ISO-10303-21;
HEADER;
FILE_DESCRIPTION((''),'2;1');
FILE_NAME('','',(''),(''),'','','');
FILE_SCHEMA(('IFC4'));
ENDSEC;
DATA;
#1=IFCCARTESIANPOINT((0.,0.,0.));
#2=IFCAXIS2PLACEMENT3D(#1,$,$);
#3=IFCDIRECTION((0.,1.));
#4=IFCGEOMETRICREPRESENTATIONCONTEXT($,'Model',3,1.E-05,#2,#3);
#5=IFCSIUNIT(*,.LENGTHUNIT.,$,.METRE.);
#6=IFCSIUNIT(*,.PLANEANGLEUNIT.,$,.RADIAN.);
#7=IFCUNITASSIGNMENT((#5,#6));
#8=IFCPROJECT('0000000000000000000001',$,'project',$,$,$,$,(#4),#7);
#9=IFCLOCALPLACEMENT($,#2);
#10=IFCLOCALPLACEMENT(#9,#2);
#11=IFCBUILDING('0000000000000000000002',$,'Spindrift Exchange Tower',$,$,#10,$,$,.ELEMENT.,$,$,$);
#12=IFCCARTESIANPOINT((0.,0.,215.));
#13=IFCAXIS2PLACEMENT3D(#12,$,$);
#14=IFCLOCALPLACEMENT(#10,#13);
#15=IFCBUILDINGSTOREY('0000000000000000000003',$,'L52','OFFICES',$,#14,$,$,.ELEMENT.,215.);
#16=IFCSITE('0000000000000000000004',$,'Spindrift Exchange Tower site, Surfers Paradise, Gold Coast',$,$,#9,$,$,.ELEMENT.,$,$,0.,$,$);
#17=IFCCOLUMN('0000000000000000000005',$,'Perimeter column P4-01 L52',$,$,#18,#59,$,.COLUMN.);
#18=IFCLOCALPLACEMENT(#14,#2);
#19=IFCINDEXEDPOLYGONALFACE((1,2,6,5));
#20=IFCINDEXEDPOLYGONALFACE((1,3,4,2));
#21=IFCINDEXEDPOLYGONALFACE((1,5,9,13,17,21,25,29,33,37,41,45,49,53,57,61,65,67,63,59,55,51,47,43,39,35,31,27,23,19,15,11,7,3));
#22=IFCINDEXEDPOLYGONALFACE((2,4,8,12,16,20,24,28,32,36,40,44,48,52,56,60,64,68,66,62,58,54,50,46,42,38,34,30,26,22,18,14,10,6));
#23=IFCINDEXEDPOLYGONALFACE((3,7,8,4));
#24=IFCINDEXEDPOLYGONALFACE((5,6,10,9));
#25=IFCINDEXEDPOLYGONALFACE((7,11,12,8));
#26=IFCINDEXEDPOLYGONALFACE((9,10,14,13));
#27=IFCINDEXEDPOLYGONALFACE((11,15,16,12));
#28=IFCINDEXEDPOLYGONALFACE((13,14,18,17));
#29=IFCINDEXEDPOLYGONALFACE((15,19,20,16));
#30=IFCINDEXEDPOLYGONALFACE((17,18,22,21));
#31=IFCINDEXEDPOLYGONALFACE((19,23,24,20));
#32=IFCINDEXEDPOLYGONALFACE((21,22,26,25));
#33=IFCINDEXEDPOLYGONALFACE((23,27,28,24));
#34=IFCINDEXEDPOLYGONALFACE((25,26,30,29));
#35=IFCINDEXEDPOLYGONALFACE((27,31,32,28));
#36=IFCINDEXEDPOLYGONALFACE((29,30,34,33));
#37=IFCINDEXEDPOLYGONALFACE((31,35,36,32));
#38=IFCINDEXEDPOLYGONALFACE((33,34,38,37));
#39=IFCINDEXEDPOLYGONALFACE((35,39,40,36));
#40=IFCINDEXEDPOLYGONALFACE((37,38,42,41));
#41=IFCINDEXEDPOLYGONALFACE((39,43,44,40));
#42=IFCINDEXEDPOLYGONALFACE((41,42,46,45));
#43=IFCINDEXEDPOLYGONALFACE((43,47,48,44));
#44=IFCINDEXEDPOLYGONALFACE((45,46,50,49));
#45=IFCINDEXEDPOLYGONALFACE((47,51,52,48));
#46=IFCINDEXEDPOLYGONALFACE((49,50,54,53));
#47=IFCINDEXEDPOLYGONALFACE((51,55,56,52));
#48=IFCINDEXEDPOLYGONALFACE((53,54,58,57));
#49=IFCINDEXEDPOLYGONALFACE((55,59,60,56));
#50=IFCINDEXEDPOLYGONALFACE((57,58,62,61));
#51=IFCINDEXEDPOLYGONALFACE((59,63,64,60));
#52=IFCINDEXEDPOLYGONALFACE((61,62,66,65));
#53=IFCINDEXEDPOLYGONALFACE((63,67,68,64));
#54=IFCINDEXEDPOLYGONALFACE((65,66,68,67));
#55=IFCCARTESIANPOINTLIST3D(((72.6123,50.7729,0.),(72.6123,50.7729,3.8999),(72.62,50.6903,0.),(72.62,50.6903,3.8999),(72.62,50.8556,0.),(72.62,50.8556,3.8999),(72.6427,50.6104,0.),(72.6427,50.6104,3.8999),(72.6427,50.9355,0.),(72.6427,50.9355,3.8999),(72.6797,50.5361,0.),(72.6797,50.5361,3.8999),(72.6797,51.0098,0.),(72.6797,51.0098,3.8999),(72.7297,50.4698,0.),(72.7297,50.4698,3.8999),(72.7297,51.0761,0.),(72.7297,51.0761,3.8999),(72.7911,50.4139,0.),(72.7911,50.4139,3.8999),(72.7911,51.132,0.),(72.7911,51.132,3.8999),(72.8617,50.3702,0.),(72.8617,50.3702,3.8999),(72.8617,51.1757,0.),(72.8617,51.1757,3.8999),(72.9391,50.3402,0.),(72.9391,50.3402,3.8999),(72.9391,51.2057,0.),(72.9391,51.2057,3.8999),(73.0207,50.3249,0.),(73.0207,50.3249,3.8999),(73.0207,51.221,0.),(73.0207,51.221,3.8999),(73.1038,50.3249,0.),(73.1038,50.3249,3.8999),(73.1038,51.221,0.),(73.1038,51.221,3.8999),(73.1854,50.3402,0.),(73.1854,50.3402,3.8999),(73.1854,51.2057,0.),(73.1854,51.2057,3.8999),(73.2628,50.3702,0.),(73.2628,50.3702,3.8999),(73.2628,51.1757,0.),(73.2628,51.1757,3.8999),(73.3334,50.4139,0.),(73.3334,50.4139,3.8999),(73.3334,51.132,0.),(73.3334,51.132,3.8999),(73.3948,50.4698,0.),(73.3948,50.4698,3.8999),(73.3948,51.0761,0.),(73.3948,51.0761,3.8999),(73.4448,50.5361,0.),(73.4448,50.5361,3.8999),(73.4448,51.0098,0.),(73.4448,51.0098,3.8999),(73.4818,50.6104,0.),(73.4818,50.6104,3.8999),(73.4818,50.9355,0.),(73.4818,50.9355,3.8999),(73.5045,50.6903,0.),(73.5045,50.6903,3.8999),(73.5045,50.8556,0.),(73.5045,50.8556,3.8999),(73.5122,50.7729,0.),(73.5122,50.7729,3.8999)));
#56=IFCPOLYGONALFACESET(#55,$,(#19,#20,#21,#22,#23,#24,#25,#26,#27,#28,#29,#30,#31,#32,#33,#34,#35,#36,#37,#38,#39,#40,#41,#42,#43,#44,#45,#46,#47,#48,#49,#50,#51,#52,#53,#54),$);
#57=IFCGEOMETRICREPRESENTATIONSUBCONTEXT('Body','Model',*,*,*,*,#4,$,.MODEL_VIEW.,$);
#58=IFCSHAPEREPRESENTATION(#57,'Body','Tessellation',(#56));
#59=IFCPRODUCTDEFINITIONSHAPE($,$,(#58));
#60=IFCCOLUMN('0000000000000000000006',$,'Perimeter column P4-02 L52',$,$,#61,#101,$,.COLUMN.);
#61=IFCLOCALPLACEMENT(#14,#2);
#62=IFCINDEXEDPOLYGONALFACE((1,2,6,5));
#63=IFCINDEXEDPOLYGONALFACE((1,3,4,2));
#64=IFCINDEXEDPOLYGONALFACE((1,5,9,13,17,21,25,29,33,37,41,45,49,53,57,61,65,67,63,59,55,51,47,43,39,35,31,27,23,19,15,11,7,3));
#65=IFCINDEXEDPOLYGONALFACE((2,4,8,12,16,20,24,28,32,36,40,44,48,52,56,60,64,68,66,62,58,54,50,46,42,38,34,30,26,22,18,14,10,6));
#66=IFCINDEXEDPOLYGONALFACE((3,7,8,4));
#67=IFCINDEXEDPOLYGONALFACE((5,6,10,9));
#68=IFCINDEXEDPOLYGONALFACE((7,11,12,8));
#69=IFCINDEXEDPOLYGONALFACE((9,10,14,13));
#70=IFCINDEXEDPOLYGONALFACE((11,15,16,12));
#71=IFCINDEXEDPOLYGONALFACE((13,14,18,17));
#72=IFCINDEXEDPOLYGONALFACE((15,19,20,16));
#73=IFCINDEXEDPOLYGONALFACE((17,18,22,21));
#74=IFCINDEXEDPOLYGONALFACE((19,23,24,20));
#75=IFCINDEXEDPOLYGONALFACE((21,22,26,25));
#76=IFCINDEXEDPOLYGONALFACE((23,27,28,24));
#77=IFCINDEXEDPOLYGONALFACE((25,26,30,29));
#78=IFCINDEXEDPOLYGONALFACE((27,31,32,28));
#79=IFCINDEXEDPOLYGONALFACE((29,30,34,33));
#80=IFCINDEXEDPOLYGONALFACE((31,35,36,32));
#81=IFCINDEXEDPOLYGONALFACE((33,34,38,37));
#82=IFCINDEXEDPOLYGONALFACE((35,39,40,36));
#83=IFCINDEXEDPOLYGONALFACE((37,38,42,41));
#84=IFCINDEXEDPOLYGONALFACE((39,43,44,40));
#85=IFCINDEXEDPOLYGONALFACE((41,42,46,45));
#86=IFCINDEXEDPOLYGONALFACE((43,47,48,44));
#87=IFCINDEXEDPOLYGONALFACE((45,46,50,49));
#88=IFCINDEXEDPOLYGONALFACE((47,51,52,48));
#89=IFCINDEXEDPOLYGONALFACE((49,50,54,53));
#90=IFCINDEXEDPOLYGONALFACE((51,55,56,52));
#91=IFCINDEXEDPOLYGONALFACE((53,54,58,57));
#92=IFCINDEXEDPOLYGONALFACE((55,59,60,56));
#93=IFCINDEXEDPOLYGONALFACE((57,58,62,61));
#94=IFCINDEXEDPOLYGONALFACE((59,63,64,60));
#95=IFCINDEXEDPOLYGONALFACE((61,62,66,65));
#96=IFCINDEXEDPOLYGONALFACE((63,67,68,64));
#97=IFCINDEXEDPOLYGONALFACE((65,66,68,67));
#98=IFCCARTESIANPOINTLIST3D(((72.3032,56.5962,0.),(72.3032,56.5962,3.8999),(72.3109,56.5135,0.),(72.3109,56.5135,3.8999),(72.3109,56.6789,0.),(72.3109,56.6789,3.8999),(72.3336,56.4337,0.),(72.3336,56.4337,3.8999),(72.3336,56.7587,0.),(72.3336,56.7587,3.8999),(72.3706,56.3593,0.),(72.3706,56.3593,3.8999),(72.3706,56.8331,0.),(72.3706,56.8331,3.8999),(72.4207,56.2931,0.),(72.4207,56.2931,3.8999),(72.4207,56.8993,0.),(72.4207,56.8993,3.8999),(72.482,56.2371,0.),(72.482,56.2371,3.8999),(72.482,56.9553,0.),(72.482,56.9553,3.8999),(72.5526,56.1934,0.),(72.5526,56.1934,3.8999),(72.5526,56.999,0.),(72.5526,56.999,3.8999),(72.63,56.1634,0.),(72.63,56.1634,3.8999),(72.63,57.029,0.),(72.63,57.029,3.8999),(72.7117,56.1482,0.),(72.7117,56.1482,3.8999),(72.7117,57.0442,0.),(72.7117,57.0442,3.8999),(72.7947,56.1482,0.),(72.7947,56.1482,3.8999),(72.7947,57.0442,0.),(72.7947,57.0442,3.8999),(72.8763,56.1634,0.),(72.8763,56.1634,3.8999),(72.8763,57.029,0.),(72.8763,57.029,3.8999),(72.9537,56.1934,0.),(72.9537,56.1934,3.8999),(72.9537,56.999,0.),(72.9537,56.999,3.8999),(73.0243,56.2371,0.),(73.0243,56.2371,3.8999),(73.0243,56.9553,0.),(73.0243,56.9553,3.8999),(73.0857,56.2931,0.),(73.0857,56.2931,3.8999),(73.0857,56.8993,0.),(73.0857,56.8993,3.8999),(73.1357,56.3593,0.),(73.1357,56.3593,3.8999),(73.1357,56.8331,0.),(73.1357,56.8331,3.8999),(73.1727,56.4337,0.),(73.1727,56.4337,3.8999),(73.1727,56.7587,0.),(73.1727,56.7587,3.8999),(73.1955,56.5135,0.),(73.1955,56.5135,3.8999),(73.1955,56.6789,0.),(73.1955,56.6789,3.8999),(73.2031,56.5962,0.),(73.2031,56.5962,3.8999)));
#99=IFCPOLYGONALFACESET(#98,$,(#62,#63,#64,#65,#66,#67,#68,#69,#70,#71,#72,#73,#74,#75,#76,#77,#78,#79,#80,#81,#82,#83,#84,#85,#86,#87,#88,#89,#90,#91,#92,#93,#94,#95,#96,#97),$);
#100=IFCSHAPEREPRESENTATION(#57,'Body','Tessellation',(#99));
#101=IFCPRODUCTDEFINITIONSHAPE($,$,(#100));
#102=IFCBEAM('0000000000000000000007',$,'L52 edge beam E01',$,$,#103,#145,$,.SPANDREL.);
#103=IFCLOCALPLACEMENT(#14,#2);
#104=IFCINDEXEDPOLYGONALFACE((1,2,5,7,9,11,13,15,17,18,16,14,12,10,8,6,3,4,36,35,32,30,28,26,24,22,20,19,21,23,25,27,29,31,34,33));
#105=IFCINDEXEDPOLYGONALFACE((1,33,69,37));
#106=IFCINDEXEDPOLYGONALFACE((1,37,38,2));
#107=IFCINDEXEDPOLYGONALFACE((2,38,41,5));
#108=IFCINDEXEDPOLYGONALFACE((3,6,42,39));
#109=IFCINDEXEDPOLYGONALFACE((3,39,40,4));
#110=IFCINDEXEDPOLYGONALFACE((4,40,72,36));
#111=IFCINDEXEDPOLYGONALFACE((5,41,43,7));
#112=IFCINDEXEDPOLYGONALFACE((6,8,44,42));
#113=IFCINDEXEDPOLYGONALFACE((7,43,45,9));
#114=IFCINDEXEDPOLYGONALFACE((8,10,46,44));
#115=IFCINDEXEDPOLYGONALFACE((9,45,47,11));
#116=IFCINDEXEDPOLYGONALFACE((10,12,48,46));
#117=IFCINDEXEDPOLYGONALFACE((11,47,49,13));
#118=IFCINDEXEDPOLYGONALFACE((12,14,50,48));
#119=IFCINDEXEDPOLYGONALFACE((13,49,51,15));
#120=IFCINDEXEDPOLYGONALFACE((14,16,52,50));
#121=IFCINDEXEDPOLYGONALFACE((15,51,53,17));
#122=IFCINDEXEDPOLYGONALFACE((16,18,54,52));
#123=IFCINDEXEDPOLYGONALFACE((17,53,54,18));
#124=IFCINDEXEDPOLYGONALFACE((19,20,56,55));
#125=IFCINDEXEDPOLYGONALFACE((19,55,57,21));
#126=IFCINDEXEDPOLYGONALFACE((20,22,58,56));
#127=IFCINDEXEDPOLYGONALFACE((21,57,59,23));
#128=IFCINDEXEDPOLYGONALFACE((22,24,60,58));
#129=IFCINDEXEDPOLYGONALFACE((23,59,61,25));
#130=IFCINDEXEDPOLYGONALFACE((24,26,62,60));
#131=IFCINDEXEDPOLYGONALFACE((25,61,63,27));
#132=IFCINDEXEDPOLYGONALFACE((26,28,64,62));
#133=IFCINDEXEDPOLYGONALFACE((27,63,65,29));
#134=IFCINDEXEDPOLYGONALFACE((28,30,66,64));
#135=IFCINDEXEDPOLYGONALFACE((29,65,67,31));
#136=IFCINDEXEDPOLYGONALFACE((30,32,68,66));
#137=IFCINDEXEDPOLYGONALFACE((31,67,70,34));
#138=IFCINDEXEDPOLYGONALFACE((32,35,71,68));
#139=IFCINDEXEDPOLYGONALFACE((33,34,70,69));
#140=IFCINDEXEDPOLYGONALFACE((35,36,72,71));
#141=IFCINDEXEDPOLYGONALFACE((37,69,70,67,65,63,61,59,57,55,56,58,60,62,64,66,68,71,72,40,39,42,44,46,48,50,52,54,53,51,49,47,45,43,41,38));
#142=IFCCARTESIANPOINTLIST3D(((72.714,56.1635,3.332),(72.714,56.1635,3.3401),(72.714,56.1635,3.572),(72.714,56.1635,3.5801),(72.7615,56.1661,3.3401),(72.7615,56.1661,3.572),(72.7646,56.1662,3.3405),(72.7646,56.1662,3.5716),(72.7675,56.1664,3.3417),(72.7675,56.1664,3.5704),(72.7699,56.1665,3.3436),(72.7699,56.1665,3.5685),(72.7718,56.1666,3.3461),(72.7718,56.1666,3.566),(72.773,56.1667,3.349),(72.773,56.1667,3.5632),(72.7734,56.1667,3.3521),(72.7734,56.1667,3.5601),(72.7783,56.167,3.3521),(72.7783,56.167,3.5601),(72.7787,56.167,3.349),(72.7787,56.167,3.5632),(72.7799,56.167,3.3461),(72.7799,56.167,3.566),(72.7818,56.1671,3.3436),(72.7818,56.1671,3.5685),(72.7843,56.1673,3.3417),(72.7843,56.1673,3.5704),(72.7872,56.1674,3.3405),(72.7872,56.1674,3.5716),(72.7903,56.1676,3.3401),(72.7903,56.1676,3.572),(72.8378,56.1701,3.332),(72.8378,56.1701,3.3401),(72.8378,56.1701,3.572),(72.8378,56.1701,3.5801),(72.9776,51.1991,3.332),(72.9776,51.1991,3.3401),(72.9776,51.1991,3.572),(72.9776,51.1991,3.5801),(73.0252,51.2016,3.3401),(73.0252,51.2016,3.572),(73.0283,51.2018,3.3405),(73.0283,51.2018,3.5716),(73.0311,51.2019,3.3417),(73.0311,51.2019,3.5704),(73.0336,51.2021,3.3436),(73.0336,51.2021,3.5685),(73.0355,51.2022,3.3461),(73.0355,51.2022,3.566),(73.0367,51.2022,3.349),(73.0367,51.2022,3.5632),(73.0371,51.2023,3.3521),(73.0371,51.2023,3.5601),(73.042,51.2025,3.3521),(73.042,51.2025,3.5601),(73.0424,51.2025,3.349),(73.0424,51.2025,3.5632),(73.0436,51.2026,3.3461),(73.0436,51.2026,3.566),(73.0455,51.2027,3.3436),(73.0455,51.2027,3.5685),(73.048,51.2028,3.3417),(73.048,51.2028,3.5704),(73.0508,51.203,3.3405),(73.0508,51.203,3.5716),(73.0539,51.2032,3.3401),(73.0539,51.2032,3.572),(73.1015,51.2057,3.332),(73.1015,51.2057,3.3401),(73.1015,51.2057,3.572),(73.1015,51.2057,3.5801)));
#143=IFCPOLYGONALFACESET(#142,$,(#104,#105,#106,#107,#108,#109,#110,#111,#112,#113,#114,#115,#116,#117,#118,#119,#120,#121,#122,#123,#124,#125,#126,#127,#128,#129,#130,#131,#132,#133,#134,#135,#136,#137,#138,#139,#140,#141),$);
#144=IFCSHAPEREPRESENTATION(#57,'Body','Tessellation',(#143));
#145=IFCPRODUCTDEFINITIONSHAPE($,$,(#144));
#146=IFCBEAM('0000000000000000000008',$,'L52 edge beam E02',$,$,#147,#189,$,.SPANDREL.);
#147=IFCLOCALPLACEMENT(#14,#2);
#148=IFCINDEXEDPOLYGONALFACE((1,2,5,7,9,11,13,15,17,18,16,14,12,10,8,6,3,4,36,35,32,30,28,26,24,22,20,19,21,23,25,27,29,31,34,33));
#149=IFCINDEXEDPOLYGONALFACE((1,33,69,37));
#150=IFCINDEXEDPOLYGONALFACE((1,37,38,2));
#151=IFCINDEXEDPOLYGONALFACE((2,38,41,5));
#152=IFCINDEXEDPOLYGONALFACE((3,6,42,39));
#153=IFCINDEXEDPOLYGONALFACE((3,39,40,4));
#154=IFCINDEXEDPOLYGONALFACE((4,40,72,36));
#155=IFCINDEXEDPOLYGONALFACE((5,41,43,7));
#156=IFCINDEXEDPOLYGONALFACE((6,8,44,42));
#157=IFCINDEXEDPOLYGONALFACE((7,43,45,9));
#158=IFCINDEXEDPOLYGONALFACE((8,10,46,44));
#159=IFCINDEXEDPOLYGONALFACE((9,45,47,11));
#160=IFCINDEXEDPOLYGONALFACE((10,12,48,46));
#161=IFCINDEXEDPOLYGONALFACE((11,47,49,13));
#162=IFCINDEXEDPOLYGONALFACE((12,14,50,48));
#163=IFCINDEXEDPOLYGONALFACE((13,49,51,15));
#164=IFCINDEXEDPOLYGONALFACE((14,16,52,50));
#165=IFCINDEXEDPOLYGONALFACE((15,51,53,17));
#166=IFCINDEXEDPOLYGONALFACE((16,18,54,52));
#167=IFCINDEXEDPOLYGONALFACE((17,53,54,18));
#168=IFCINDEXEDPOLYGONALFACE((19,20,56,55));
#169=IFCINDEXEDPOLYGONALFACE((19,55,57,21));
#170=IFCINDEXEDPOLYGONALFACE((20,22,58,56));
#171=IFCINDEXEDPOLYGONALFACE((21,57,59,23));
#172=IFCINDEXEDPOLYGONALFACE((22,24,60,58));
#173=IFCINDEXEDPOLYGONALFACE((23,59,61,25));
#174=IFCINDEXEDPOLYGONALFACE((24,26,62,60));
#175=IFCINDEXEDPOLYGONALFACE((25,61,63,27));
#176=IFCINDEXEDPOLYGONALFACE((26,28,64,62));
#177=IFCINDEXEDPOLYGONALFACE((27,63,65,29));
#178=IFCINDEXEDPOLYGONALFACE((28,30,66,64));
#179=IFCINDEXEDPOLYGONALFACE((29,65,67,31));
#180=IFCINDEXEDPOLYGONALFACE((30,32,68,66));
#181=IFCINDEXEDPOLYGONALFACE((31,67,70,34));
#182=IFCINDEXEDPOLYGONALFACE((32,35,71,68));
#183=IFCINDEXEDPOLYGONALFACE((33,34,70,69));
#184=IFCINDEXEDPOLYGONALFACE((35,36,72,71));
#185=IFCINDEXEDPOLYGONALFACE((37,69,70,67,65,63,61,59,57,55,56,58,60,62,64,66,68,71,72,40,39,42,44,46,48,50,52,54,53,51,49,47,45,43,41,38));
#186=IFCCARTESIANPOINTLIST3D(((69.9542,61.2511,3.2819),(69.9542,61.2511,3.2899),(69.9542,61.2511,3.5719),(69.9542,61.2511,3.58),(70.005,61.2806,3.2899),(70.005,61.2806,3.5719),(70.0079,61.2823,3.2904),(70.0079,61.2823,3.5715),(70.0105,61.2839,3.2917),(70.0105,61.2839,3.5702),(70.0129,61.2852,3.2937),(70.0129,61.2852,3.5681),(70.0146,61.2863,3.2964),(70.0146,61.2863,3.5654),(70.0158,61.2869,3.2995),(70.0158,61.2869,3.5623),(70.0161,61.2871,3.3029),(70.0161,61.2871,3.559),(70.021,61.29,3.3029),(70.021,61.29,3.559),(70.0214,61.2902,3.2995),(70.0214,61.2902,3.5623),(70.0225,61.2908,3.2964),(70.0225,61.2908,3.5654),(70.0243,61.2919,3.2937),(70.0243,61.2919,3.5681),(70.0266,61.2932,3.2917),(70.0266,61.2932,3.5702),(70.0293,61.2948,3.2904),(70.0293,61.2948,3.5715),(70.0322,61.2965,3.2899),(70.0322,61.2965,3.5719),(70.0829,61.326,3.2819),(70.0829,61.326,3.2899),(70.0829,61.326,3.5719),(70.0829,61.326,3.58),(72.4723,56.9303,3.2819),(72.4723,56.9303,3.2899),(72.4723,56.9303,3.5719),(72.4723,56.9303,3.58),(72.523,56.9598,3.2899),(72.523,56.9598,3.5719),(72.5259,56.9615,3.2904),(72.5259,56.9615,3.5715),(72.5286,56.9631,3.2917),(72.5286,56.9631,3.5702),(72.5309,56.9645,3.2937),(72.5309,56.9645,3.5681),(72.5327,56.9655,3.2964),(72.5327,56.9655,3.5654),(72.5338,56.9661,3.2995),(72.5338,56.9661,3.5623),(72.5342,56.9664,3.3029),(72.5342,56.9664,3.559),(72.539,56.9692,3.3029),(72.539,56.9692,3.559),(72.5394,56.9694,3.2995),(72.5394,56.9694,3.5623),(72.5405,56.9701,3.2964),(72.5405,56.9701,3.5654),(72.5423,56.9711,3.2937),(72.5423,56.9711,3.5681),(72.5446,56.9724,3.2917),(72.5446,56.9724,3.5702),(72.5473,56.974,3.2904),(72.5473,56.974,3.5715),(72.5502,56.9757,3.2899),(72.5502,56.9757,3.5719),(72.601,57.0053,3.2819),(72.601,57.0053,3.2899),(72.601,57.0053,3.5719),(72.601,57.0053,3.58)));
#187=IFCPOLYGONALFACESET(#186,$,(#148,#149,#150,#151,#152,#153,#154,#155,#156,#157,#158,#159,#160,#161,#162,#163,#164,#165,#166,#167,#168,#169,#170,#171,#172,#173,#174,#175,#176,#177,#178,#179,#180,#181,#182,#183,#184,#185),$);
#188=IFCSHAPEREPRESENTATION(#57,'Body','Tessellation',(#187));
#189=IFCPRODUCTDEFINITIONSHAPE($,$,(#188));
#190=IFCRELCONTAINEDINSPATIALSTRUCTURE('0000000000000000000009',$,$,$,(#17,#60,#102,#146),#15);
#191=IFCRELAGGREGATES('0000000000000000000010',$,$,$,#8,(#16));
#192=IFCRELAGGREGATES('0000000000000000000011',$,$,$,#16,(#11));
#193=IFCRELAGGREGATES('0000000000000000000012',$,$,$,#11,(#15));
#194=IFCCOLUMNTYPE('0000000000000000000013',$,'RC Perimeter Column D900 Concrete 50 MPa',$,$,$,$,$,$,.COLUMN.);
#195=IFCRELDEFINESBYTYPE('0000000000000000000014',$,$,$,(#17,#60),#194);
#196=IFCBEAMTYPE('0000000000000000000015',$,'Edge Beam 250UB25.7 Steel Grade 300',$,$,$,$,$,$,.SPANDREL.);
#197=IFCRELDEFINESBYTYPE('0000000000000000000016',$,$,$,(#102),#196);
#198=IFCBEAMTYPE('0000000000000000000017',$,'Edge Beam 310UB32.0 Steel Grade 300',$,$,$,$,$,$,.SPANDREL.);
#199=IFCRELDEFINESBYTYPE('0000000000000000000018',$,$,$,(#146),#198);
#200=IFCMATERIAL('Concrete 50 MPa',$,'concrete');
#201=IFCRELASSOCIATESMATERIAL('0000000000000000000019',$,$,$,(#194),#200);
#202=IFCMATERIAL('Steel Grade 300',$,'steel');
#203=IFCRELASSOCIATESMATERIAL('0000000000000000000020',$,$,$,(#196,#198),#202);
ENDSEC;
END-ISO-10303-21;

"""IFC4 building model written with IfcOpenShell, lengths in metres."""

from ifc_helpers import new_model, si_unit, direction, frame, origin, origin_2d, place, context, subcontext, project, spatial, circle, i_section, extrude, source, transform, mapped, material, material_profile, profile_set, type_object, element, save


model = new_model("IFC4")

# Units and contexts
model_context = context("Model", 3, precision=1e-05, world=origin(), true_north=direction((0.0, 1.0)))
body_context = subcontext(model_context, "Body", "Model", "MODEL_VIEW")
ifc_project = project(units=[si_unit("LENGTHUNIT", "METRE"), si_unit("PLANEANGLEUNIT", "RADIAN")], contexts=[model_context])

# Site, building, storey
site_placement = place(None, origin())
site = spatial("IfcSite", under=ifc_project, at=site_placement, Name="Spindrift Exchange Tower site, Surfers Paradise, Gold Coast", CompositionType="ELEMENT", RefElevation=0.0)
building_placement = place(site_placement, origin())
building = spatial("IfcBuilding", under=site, at=building_placement, Name="Spindrift Exchange Tower", CompositionType="ELEMENT")
storey_placement = place(building_placement, frame((0.0, 0.0, 215.0)))
storey = spatial("IfcBuildingStorey", under=building, at=storey_placement, Name="L52", Description="OFFICES", CompositionType="ELEMENT", Elevation=215.0)

# Columns
ifc_material_1 = material(Name="Concrete 50 MPa", Category="concrete")
ifc_material_profile_1 = material_profile(ifc_material_1, circle(Radius=0.45, at=origin_2d()), Name="RC D900")
ifc_profile_set_1 = profile_set([ifc_material_profile_1], Name="Concrete 50 MPa")
column_type = type_object("IfcColumnType", Name="RC Perimeter Column D900 Concrete 50 MPa", PredefinedType="COLUMN", material=ifc_profile_set_1)
shared_shape_1 = source(origin(), body_context, "Body", "SweptSolid", [
    extrude(circle(Radius=0.45, at=origin_2d()), origin(), (0.0, 0.0, 1.0), 3.8999),
])
for number, where, z_axis, x_axis, name in (
    (1, (73.0623, 50.7729, 0.0), (0.0, 0.0, 1.0), (1.0, 0.0, 0.0), "Perimeter column P4-01 L52"),
    (2, (72.7532, 56.5962, 0.0), (0.0, 0.0, 1.0), (1.0, 0.0, 0.0), "Perimeter column P4-02 L52"),
):
    element("IfcColumn", number, at=place(storey_placement, frame(where, z_axis=z_axis, x_axis=x_axis)), inside=storey, type_object=column_type, Name=name, PredefinedType="COLUMN", context=body_context, shape_type="MappedRepresentation", body=[
        mapped(shared_shape_1, transform((0.0, 0.0, 0.0), scale=1.0)),
    ])

# Beams
ifc_material_2 = material(Name="Steel Grade 300", Category="steel")
ifc_material_profile_2 = material_profile(ifc_material_2, i_section(OverallWidth=0.124, OverallDepth=0.248, WebThickness=0.0049, FlangeThickness=0.0081, FilletRadius=0.012, at=origin_2d()), Name="250UB25.7")
ifc_profile_set_2 = profile_set([ifc_material_profile_2], Name="Steel Grade 300")
beam_type_1 = type_object("IfcBeamType", Name="Edge Beam 250UB25.7 Steel Grade 300", PredefinedType="SPANDREL", material=ifc_profile_set_2)
shared_shape_2 = source(origin(), body_context, "Body", "SweptSolid", [
    extrude(i_section(OverallWidth=0.124, OverallDepth=0.248, WebThickness=0.0049, FlangeThickness=0.0081, FilletRadius=0.012, at=origin_2d()), origin(), (0.0, 0.0, 1.0), 4.9714),
])
beam_1_placement = place(storey_placement, frame((73.0396, 51.2024, 3.4561), z_axis=(-0.053038, 0.998592, 0.0), x_axis=(-0.998592, -0.053038, 0.0)))
element("IfcBeam", 3, at=beam_1_placement, inside=storey, type_object=beam_type_1, Name="L52 edge beam E01", PredefinedType="SPANDREL", context=body_context, shape_type="MappedRepresentation", body=[
    mapped(shared_shape_2, transform((0.0, 0.0, 0.0), scale=1.0)),
])
ifc_material_profile_3 = material_profile(ifc_material_2, i_section(OverallWidth=0.1489, OverallDepth=0.2981, WebThickness=0.0056, FlangeThickness=0.0081, FilletRadius=0.0129, at=origin_2d()), Name="310UB32.0")
ifc_profile_set_3 = profile_set([ifc_material_profile_3], Name="Steel Grade 300")
beam_type_2 = type_object("IfcBeamType", Name="Edge Beam 310UB32.0 Steel Grade 300", PredefinedType="SPANDREL", material=ifc_profile_set_3)
shared_shape_3 = source(origin(), body_context, "Body", "SweptSolid", [
    extrude(i_section(OverallWidth=0.1489, OverallDepth=0.2981, WebThickness=0.0056, FlangeThickness=0.0081, FilletRadius=0.0129, at=origin_2d()), origin(), (0.0, 0.0, 1.0), 5.001),
])
beam_2_placement = place(storey_placement, frame((72.5366, 56.9678, 3.4309), z_axis=(-0.503513, 0.863988, 0.0), x_axis=(-0.863988, -0.503513, 0.0)))
element("IfcBeam", 4, at=beam_2_placement, inside=storey, type_object=beam_type_2, Name="L52 edge beam E02", PredefinedType="SPANDREL", context=body_context, shape_type="MappedRepresentation", body=[
    mapped(shared_shape_3, transform((0.0, 0.0, 0.0), scale=1.0)),
])

save(model, "model.ifc")
